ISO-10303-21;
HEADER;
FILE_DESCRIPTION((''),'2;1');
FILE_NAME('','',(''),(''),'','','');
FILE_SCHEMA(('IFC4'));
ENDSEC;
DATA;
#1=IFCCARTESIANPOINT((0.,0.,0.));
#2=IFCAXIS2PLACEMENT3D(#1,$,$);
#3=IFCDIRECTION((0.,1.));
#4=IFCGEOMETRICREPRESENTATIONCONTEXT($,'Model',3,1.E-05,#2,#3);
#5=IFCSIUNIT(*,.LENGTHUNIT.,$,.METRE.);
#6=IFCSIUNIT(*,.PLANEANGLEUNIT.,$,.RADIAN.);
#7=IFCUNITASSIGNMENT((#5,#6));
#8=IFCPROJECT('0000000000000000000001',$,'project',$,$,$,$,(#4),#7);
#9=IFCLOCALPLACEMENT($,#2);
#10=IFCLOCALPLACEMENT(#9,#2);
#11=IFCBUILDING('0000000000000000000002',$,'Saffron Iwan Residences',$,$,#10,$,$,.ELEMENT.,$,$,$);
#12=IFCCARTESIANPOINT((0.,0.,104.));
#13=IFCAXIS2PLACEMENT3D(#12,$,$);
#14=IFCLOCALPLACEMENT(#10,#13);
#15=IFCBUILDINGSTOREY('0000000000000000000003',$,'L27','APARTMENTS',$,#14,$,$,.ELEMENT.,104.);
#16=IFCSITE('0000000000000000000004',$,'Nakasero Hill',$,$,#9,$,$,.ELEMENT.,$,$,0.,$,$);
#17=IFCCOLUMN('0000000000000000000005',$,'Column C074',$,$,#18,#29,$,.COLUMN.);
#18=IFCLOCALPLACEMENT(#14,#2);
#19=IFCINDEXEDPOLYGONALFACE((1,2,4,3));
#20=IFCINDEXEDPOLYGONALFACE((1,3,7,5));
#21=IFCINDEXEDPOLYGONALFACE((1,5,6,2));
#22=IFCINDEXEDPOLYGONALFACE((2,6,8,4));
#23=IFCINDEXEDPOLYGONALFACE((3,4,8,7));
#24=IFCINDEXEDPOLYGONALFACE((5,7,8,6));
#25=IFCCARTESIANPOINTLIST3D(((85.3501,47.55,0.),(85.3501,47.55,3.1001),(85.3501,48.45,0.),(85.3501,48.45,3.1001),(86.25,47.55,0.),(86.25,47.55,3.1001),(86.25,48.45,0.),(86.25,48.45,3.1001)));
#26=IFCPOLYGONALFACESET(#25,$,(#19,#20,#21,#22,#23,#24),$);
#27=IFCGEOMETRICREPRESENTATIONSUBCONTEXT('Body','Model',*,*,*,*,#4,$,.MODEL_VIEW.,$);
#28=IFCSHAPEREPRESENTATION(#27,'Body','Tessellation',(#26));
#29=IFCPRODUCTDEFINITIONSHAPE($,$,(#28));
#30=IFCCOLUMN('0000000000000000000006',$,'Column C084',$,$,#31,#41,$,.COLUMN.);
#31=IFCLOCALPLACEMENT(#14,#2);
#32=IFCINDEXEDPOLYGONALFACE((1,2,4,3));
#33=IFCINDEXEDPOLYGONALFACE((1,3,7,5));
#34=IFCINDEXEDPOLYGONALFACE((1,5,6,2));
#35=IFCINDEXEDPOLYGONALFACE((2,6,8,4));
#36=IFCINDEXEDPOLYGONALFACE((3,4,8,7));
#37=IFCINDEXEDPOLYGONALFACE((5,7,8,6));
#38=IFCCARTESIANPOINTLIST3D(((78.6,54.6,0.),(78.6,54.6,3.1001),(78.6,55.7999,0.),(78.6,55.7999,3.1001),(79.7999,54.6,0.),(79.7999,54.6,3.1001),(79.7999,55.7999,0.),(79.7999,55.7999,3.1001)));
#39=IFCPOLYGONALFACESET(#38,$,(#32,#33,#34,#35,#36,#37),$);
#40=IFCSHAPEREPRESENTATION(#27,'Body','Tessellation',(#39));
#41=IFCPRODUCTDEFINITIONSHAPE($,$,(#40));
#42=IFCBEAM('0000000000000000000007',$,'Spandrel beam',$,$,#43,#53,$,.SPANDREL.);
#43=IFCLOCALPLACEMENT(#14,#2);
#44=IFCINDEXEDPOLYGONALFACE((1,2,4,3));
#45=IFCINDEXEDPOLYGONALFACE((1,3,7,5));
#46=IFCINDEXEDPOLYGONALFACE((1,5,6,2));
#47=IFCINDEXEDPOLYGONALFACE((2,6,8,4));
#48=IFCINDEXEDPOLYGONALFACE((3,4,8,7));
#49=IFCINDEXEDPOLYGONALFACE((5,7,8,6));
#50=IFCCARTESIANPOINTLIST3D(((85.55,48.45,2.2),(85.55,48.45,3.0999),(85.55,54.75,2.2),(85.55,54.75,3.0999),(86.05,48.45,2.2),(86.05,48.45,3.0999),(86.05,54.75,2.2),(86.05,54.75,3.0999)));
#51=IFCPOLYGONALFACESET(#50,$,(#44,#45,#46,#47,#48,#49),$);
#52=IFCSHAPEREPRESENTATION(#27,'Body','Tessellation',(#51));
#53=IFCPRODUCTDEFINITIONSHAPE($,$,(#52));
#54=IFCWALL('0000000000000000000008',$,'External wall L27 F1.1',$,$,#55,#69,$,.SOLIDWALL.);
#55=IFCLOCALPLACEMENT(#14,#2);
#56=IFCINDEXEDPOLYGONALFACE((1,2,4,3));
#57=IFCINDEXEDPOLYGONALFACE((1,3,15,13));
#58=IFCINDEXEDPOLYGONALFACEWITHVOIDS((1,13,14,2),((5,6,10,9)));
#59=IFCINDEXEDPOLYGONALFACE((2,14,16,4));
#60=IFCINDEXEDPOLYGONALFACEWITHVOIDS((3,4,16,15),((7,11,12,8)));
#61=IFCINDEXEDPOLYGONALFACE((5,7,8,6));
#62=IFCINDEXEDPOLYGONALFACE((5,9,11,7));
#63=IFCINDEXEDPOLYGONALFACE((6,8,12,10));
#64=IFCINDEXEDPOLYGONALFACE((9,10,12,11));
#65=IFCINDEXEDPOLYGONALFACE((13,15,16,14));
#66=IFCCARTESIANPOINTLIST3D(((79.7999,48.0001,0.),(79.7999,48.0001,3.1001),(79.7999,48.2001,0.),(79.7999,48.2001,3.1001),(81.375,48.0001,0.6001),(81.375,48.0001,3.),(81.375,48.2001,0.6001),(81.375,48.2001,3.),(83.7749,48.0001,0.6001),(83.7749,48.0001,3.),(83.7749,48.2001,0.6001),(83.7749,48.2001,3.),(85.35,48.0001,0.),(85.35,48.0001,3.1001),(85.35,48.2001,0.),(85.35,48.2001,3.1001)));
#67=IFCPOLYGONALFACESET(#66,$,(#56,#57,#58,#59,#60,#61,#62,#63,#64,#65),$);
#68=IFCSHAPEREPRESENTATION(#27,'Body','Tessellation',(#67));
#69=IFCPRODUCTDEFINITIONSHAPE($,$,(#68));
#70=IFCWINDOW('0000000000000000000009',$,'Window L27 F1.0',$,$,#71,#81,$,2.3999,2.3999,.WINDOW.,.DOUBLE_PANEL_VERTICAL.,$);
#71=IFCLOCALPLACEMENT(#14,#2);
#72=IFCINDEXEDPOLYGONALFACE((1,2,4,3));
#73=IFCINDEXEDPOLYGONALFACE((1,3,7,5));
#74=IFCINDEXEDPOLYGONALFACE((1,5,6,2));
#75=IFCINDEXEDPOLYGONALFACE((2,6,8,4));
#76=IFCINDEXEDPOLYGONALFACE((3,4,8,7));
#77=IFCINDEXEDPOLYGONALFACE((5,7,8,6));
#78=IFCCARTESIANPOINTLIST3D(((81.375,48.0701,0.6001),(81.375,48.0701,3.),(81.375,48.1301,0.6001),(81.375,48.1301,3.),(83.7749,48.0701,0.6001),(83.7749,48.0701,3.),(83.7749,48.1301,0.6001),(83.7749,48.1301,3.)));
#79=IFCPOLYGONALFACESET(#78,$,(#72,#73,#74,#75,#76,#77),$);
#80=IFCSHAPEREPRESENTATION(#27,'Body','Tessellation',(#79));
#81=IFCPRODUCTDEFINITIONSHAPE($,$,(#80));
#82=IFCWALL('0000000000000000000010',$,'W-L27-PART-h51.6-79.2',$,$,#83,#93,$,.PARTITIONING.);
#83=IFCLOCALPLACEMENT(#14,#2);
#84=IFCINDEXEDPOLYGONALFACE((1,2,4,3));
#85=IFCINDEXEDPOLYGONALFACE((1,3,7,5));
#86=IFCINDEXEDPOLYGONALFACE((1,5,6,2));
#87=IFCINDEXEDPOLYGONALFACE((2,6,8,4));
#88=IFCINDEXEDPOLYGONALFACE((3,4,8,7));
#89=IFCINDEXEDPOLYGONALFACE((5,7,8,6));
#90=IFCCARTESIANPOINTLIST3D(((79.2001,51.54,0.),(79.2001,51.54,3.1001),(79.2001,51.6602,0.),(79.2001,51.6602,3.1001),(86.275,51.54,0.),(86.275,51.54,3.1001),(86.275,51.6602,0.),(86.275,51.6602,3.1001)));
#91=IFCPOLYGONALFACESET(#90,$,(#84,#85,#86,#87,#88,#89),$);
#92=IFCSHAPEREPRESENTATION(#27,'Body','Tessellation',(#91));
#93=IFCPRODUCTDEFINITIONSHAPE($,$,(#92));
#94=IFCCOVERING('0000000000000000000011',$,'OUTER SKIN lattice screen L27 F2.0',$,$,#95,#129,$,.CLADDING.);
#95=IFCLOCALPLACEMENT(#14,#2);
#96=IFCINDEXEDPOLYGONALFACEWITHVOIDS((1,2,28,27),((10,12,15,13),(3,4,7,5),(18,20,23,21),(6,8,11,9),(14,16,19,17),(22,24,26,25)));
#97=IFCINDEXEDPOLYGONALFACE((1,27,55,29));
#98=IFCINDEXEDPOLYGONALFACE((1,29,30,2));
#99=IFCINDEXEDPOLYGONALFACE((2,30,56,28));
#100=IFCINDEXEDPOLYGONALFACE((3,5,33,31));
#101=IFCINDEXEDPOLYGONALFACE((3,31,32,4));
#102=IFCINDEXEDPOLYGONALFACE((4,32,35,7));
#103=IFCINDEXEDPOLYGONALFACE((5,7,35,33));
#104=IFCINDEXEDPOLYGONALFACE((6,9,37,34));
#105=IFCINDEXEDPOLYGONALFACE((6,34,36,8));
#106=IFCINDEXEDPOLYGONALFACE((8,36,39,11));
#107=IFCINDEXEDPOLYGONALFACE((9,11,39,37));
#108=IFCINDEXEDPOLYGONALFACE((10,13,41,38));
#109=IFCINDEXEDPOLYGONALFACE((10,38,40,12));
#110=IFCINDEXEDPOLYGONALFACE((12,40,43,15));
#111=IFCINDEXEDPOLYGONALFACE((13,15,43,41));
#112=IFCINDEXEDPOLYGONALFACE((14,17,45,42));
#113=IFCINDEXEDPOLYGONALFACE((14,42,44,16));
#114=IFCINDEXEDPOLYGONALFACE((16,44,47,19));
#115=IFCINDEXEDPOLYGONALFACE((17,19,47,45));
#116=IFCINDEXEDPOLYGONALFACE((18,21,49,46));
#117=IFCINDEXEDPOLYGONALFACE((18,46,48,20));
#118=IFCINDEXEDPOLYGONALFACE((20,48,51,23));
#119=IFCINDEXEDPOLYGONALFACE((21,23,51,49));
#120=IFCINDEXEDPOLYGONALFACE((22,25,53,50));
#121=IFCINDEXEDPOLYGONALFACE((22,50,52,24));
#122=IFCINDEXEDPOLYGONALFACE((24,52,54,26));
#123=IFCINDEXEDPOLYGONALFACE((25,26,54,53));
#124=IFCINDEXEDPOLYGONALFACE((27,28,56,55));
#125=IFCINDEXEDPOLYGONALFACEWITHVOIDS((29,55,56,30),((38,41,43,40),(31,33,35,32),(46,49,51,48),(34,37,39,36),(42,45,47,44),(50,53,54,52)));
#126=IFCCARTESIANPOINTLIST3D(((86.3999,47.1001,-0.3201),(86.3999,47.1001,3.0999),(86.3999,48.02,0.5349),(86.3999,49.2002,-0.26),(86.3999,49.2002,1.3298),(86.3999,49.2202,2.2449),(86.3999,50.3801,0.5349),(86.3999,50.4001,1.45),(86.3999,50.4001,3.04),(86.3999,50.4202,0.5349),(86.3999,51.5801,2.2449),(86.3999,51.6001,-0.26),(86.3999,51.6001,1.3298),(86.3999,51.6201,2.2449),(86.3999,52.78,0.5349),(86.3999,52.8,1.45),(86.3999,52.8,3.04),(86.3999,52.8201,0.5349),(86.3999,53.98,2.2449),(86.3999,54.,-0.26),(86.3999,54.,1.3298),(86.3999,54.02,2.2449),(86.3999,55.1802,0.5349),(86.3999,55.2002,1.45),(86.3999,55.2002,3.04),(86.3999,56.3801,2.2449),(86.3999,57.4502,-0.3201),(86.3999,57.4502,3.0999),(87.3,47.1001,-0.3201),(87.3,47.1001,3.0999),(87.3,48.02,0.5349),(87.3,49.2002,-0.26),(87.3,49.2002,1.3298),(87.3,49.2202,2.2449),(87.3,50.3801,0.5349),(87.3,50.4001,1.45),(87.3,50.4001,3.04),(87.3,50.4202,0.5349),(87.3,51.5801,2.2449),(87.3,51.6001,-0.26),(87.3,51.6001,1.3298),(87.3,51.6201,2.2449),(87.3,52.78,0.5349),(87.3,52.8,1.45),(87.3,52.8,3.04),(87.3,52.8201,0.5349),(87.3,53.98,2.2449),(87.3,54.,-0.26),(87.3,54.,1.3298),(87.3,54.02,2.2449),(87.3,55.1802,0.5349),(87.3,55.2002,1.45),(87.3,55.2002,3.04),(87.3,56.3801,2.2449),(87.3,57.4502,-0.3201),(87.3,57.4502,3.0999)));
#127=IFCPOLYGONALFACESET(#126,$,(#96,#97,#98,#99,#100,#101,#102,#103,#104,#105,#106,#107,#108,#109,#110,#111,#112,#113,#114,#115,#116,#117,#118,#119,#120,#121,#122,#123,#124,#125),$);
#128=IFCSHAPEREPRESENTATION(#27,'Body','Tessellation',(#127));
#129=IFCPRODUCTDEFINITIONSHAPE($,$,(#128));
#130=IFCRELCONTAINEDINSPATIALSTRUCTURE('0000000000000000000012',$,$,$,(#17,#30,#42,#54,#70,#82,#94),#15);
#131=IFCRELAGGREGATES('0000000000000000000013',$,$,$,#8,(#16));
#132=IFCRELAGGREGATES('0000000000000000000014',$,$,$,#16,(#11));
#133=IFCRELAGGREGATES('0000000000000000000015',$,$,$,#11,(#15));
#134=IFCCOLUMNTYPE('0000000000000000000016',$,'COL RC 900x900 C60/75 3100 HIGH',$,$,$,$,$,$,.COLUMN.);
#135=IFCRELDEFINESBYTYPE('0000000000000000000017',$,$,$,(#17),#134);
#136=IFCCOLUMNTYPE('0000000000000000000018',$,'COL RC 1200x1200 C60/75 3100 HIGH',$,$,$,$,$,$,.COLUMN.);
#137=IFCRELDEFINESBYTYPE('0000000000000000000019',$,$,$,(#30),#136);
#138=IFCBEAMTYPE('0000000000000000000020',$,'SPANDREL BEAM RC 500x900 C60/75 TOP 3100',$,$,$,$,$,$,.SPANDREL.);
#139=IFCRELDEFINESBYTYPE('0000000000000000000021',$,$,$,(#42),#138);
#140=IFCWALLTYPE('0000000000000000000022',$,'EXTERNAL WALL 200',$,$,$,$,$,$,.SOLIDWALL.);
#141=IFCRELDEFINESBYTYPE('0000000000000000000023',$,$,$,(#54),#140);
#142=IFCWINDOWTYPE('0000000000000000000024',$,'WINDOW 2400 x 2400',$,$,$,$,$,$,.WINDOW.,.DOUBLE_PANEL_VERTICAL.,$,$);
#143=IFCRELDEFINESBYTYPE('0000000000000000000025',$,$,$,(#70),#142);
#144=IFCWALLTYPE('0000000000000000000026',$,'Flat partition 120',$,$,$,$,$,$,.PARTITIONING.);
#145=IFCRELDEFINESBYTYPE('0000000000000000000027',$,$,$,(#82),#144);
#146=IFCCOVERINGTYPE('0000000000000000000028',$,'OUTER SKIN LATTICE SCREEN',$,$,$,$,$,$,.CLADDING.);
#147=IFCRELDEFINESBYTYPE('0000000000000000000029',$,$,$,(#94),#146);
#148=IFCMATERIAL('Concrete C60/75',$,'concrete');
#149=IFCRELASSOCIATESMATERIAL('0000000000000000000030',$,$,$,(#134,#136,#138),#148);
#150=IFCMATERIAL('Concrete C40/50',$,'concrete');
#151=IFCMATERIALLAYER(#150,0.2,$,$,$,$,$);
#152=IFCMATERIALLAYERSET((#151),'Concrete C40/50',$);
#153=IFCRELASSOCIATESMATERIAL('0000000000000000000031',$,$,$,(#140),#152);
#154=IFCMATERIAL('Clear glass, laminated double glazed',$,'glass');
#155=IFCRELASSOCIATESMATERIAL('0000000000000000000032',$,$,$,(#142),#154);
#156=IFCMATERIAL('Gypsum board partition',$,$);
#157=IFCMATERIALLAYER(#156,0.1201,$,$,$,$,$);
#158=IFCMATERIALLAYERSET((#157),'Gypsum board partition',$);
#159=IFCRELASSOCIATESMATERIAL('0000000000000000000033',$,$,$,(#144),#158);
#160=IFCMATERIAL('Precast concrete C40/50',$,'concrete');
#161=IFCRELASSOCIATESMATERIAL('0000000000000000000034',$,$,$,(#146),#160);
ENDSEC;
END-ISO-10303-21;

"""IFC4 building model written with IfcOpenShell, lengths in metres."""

from ifc_helpers import new_model, si_unit, direction, frame, frame_2d, origin, origin_2d, place, context, subcontext, project, spatial, polyline, rectangle, outline, extrude, source, transform, mapped, material, layer, layer_set, material_profile, profile_set, type_object, element, fill, save


model = new_model("IFC4")

# Units and contexts
model_context = context("Model", 3, precision=1e-05, world=origin(), true_north=direction((0.0, 1.0)))
body_context = subcontext(model_context, "Body", "Model", "MODEL_VIEW")
ifc_project = project(units=[si_unit("LENGTHUNIT", "METRE"), si_unit("PLANEANGLEUNIT", "RADIAN")], contexts=[model_context])

# Site, building, storey
site_placement = place(None, origin())
site = spatial("IfcSite", under=ifc_project, at=site_placement, Name="Nakasero Hill", CompositionType="ELEMENT", RefElevation=0.0)
building_placement = place(site_placement, origin())
building = spatial("IfcBuilding", under=site, at=building_placement, Name="Saffron Iwan Residences", CompositionType="ELEMENT")
storey_placement = place(building_placement, frame((0.0, 0.0, 104.0)))
storey = spatial("IfcBuildingStorey", under=building, at=storey_placement, Name="L27", Description="APARTMENTS", CompositionType="ELEMENT", Elevation=104.0)

# Columns
ifc_material_1 = material(Name="Concrete C60/75", Category="concrete")
ifc_material_profile_1 = material_profile(ifc_material_1, rectangle(XDim=0.8999, YDim=0.8999, at=origin_2d()), Name="RC 900x900")
ifc_profile_set_1 = profile_set([ifc_material_profile_1], Name="Concrete C60/75")
column_type_1 = type_object("IfcColumnType", Name="COL RC 900x900 C60/75 3100 HIGH", PredefinedType="COLUMN", material=ifc_profile_set_1)
shared_shape_1 = source(origin(), body_context, "Body", "SweptSolid", [
    extrude(rectangle(XDim=0.8999, YDim=0.8999, at=origin_2d()), origin(), (0.0, 0.0, 1.0), 3.1001),
])
column_1_placement = place(storey_placement, frame((85.8, 48.0, 0.0), z_axis=(0.0, 0.0, 1.0), x_axis=(1.0, 0.0, 0.0)))
element("IfcColumn", 1, at=column_1_placement, inside=storey, type_object=column_type_1, Name="Column C074", PredefinedType="COLUMN", context=body_context, shape_type="MappedRepresentation", body=[
    mapped(shared_shape_1, transform((0.0, 0.0, 0.0))),
])
ifc_material_profile_2 = material_profile(ifc_material_1, rectangle(XDim=1.2, YDim=1.2, at=origin_2d()), Name="RC 1200x1200")
ifc_profile_set_2 = profile_set([ifc_material_profile_2], Name="Concrete C60/75")
column_type_2 = type_object("IfcColumnType", Name="COL RC 1200x1200 C60/75 3100 HIGH", PredefinedType="COLUMN", material=ifc_profile_set_2)
shared_shape_2 = source(origin(), body_context, "Body", "SweptSolid", [
    extrude(rectangle(XDim=1.2, YDim=1.2, at=origin_2d()), origin(), (0.0, 0.0, 1.0), 3.1001),
])
column_2_placement = place(storey_placement, frame((79.2, 55.2, 0.0), z_axis=(0.0, 0.0, 1.0), x_axis=(1.0, 0.0, 0.0)))
element("IfcColumn", 2, at=column_2_placement, inside=storey, type_object=column_type_2, Name="Column C084", PredefinedType="COLUMN", context=body_context, shape_type="MappedRepresentation", body=[
    mapped(shared_shape_2, transform((0.0, 0.0, 0.0))),
])

# Beam
ifc_material_profile_3 = material_profile(ifc_material_1, rectangle(XDim=0.5, YDim=0.8999, at=origin_2d()), Name="RC 500x900")
ifc_profile_set_3 = profile_set([ifc_material_profile_3], Name="Concrete C60/75")
beam_type = type_object("IfcBeamType", Name="SPANDREL BEAM RC 500x900 C60/75 TOP 3100", PredefinedType="SPANDREL", material=ifc_profile_set_3)
shared_shape_3 = source(origin(), body_context, "Body", "SweptSolid", [
    extrude(rectangle(XDim=0.5, YDim=0.8999, at=origin_2d()), origin(), (0.0, 0.0, 1.0), 6.3),
])
beam_placement = place(storey_placement, frame((85.8, 54.75, 2.6499), z_axis=(0.0, -1.0, 0.0), x_axis=(1.0, 0.0, 0.0)))
element("IfcBeam", 3, at=beam_placement, inside=storey, type_object=beam_type, Name="Spandrel beam", PredefinedType="SPANDREL", context=body_context, shape_type="MappedRepresentation", body=[
    mapped(shared_shape_3, transform((0.0, 0.0, 0.0))),
])

# Wall, opening, window
ifc_material_2 = material(Name="Concrete C40/50", Category="concrete")
ifc_layer_1 = layer(ifc_material_2, 0.2)
ifc_layer_set_1 = layer_set([ifc_layer_1], Name="Concrete C40/50")
wall_type_1 = type_object("IfcWallType", Name="EXTERNAL WALL 200", PredefinedType="SOLIDWALL", material=ifc_layer_set_1)
wall_1_placement = place(storey_placement, frame((79.8, 48.1001, 0.0), z_axis=(0.0, 0.0, 1.0), x_axis=(1.0, 0.0, 0.0)))
wall_1 = element("IfcWall", 4, at=wall_1_placement, inside=storey, type_object=wall_type_1, Name="External wall L27 F1.1", PredefinedType="SOLIDWALL", context=body_context, shape_type="SweptSolid", body=[
    extrude(rectangle(XDim=5.55, YDim=0.2, at=frame_2d((2.7749, 0.0))), origin(), (0.0, 0.0, 1.0), 3.1001),
])
opening_1_placement = place(wall_1_placement, frame((1.575, 0.0, 0.6001)))
opening_1 = element("IfcOpeningElement", 5, at=opening_1_placement, cuts=wall_1, PredefinedType="OPENING", context=body_context, shape_type="SweptSolid", body=[
    extrude(rectangle(XDim=2.3999, YDim=2.3999, at=frame_2d((1.2, 1.2))), frame((0.0, 0.1099, 0.0), z_axis=(0.0, -1.0, 0.0), x_axis=(1.0, 0.0, 0.0)), (0.0, 0.0, 1.0), 0.22),
])
ifc_material_3 = material(Name="Clear glass, laminated double glazed", Category="glass")
window_type_1 = type_object("IfcWindowType", Name="WINDOW 2400 x 2400", PartitioningType="DOUBLE_PANEL_VERTICAL", PredefinedType="WINDOW", material=ifc_material_3)
window_1_placement = place(opening_1_placement, origin())
window_1 = element("IfcWindow", 6, at=window_1_placement, inside=storey, type_object=window_type_1, Name="Window L27 F1.0", OverallHeight=2.3999, OverallWidth=2.3999, PartitioningType="DOUBLE_PANEL_VERTICAL", PredefinedType="WINDOW", context=body_context, shape_type="SweptSolid", body=[
    extrude(rectangle(XDim=2.3999, YDim=2.3999, at=frame_2d((1.2, 1.2))), frame((0.0, 0.03, 0.0), z_axis=(0.0, -1.0, 0.0), x_axis=(1.0, 0.0, 0.0)), (0.0, 0.0, 1.0), 0.0601),
])
fill(opening_1, window_1)

# Wall
ifc_material_4 = material(Name="Gypsum board partition")
ifc_layer_2 = layer(ifc_material_4, 0.1201)
ifc_layer_set_2 = layer_set([ifc_layer_2], Name="Gypsum board partition")
wall_type_2 = type_object("IfcWallType", Name="Flat partition 120", PredefinedType="PARTITIONING", material=ifc_layer_set_2)
wall_2_placement = place(storey_placement, frame((79.2, 51.6001, 0.0), z_axis=(0.0, 0.0, 1.0), x_axis=(1.0, 0.0, 0.0)))
element("IfcWall", 7, at=wall_2_placement, inside=storey, type_object=wall_type_2, Name="W-L27-PART-h51.6-79.2", PredefinedType="PARTITIONING", context=body_context, shape_type="SweptSolid", body=[
    extrude(rectangle(XDim=7.075, YDim=0.1201, at=frame_2d((3.5376, 0.0))), origin(), (0.0, 0.0, 1.0), 3.1001),
])

# Covering
ifc_material_5 = material(Name="Precast concrete C40/50", Category="concrete")
covering_type = type_object("IfcCoveringType", Name="OUTER SKIN LATTICE SCREEN", PredefinedType="CLADDING", material=ifc_material_5)
covering_placement = place(storey_placement, frame((86.3999, 47.1001, -0.3201), z_axis=(1.0, 0.0, 0.0), x_axis=(0.0, 1.0, 0.0)))
element("IfcCovering", 8, at=covering_placement, inside=storey, type_object=covering_type, Name="OUTER SKIN lattice screen L27 F2.0", PredefinedType="CLADDING", context=body_context, shape_type="SweptSolid", body=[
    extrude(outline(polyline([(0.0, 0.0), (10.3501, 0.0), (10.3501, 3.4199), (0.0, 3.4199), (0.0, 0.0)]), holes=[polyline([(0.9199, 0.855), (2.1001, 0.0601), (3.28, 0.855), (2.1001, 1.6499), (0.9199, 0.855)]), polyline([(3.3201, 0.855), (4.5, 0.0601), (5.6799, 0.855), (4.5, 1.6499), (3.3201, 0.855)]), polyline([(5.72, 0.855), (6.8999, 0.0601), (8.0801, 0.855), (6.8999, 1.6499), (5.72, 0.855)]), polyline([(2.1201, 2.5649), (3.3, 1.77), (4.48, 2.5649), (3.3, 3.3601), (2.1201, 2.5649)]), polyline([(4.52, 2.5649), (5.7, 1.77), (6.8799, 2.5649), (5.7, 3.3601), (4.52, 2.5649)]), polyline([(6.9199, 2.5649), (8.1001, 1.77), (9.28, 2.5649), (8.1001, 3.3601), (6.9199, 2.5649)])]), origin(), (0.0, 0.0, 1.0), 0.9001),
])

save(model, "model.ifc")
